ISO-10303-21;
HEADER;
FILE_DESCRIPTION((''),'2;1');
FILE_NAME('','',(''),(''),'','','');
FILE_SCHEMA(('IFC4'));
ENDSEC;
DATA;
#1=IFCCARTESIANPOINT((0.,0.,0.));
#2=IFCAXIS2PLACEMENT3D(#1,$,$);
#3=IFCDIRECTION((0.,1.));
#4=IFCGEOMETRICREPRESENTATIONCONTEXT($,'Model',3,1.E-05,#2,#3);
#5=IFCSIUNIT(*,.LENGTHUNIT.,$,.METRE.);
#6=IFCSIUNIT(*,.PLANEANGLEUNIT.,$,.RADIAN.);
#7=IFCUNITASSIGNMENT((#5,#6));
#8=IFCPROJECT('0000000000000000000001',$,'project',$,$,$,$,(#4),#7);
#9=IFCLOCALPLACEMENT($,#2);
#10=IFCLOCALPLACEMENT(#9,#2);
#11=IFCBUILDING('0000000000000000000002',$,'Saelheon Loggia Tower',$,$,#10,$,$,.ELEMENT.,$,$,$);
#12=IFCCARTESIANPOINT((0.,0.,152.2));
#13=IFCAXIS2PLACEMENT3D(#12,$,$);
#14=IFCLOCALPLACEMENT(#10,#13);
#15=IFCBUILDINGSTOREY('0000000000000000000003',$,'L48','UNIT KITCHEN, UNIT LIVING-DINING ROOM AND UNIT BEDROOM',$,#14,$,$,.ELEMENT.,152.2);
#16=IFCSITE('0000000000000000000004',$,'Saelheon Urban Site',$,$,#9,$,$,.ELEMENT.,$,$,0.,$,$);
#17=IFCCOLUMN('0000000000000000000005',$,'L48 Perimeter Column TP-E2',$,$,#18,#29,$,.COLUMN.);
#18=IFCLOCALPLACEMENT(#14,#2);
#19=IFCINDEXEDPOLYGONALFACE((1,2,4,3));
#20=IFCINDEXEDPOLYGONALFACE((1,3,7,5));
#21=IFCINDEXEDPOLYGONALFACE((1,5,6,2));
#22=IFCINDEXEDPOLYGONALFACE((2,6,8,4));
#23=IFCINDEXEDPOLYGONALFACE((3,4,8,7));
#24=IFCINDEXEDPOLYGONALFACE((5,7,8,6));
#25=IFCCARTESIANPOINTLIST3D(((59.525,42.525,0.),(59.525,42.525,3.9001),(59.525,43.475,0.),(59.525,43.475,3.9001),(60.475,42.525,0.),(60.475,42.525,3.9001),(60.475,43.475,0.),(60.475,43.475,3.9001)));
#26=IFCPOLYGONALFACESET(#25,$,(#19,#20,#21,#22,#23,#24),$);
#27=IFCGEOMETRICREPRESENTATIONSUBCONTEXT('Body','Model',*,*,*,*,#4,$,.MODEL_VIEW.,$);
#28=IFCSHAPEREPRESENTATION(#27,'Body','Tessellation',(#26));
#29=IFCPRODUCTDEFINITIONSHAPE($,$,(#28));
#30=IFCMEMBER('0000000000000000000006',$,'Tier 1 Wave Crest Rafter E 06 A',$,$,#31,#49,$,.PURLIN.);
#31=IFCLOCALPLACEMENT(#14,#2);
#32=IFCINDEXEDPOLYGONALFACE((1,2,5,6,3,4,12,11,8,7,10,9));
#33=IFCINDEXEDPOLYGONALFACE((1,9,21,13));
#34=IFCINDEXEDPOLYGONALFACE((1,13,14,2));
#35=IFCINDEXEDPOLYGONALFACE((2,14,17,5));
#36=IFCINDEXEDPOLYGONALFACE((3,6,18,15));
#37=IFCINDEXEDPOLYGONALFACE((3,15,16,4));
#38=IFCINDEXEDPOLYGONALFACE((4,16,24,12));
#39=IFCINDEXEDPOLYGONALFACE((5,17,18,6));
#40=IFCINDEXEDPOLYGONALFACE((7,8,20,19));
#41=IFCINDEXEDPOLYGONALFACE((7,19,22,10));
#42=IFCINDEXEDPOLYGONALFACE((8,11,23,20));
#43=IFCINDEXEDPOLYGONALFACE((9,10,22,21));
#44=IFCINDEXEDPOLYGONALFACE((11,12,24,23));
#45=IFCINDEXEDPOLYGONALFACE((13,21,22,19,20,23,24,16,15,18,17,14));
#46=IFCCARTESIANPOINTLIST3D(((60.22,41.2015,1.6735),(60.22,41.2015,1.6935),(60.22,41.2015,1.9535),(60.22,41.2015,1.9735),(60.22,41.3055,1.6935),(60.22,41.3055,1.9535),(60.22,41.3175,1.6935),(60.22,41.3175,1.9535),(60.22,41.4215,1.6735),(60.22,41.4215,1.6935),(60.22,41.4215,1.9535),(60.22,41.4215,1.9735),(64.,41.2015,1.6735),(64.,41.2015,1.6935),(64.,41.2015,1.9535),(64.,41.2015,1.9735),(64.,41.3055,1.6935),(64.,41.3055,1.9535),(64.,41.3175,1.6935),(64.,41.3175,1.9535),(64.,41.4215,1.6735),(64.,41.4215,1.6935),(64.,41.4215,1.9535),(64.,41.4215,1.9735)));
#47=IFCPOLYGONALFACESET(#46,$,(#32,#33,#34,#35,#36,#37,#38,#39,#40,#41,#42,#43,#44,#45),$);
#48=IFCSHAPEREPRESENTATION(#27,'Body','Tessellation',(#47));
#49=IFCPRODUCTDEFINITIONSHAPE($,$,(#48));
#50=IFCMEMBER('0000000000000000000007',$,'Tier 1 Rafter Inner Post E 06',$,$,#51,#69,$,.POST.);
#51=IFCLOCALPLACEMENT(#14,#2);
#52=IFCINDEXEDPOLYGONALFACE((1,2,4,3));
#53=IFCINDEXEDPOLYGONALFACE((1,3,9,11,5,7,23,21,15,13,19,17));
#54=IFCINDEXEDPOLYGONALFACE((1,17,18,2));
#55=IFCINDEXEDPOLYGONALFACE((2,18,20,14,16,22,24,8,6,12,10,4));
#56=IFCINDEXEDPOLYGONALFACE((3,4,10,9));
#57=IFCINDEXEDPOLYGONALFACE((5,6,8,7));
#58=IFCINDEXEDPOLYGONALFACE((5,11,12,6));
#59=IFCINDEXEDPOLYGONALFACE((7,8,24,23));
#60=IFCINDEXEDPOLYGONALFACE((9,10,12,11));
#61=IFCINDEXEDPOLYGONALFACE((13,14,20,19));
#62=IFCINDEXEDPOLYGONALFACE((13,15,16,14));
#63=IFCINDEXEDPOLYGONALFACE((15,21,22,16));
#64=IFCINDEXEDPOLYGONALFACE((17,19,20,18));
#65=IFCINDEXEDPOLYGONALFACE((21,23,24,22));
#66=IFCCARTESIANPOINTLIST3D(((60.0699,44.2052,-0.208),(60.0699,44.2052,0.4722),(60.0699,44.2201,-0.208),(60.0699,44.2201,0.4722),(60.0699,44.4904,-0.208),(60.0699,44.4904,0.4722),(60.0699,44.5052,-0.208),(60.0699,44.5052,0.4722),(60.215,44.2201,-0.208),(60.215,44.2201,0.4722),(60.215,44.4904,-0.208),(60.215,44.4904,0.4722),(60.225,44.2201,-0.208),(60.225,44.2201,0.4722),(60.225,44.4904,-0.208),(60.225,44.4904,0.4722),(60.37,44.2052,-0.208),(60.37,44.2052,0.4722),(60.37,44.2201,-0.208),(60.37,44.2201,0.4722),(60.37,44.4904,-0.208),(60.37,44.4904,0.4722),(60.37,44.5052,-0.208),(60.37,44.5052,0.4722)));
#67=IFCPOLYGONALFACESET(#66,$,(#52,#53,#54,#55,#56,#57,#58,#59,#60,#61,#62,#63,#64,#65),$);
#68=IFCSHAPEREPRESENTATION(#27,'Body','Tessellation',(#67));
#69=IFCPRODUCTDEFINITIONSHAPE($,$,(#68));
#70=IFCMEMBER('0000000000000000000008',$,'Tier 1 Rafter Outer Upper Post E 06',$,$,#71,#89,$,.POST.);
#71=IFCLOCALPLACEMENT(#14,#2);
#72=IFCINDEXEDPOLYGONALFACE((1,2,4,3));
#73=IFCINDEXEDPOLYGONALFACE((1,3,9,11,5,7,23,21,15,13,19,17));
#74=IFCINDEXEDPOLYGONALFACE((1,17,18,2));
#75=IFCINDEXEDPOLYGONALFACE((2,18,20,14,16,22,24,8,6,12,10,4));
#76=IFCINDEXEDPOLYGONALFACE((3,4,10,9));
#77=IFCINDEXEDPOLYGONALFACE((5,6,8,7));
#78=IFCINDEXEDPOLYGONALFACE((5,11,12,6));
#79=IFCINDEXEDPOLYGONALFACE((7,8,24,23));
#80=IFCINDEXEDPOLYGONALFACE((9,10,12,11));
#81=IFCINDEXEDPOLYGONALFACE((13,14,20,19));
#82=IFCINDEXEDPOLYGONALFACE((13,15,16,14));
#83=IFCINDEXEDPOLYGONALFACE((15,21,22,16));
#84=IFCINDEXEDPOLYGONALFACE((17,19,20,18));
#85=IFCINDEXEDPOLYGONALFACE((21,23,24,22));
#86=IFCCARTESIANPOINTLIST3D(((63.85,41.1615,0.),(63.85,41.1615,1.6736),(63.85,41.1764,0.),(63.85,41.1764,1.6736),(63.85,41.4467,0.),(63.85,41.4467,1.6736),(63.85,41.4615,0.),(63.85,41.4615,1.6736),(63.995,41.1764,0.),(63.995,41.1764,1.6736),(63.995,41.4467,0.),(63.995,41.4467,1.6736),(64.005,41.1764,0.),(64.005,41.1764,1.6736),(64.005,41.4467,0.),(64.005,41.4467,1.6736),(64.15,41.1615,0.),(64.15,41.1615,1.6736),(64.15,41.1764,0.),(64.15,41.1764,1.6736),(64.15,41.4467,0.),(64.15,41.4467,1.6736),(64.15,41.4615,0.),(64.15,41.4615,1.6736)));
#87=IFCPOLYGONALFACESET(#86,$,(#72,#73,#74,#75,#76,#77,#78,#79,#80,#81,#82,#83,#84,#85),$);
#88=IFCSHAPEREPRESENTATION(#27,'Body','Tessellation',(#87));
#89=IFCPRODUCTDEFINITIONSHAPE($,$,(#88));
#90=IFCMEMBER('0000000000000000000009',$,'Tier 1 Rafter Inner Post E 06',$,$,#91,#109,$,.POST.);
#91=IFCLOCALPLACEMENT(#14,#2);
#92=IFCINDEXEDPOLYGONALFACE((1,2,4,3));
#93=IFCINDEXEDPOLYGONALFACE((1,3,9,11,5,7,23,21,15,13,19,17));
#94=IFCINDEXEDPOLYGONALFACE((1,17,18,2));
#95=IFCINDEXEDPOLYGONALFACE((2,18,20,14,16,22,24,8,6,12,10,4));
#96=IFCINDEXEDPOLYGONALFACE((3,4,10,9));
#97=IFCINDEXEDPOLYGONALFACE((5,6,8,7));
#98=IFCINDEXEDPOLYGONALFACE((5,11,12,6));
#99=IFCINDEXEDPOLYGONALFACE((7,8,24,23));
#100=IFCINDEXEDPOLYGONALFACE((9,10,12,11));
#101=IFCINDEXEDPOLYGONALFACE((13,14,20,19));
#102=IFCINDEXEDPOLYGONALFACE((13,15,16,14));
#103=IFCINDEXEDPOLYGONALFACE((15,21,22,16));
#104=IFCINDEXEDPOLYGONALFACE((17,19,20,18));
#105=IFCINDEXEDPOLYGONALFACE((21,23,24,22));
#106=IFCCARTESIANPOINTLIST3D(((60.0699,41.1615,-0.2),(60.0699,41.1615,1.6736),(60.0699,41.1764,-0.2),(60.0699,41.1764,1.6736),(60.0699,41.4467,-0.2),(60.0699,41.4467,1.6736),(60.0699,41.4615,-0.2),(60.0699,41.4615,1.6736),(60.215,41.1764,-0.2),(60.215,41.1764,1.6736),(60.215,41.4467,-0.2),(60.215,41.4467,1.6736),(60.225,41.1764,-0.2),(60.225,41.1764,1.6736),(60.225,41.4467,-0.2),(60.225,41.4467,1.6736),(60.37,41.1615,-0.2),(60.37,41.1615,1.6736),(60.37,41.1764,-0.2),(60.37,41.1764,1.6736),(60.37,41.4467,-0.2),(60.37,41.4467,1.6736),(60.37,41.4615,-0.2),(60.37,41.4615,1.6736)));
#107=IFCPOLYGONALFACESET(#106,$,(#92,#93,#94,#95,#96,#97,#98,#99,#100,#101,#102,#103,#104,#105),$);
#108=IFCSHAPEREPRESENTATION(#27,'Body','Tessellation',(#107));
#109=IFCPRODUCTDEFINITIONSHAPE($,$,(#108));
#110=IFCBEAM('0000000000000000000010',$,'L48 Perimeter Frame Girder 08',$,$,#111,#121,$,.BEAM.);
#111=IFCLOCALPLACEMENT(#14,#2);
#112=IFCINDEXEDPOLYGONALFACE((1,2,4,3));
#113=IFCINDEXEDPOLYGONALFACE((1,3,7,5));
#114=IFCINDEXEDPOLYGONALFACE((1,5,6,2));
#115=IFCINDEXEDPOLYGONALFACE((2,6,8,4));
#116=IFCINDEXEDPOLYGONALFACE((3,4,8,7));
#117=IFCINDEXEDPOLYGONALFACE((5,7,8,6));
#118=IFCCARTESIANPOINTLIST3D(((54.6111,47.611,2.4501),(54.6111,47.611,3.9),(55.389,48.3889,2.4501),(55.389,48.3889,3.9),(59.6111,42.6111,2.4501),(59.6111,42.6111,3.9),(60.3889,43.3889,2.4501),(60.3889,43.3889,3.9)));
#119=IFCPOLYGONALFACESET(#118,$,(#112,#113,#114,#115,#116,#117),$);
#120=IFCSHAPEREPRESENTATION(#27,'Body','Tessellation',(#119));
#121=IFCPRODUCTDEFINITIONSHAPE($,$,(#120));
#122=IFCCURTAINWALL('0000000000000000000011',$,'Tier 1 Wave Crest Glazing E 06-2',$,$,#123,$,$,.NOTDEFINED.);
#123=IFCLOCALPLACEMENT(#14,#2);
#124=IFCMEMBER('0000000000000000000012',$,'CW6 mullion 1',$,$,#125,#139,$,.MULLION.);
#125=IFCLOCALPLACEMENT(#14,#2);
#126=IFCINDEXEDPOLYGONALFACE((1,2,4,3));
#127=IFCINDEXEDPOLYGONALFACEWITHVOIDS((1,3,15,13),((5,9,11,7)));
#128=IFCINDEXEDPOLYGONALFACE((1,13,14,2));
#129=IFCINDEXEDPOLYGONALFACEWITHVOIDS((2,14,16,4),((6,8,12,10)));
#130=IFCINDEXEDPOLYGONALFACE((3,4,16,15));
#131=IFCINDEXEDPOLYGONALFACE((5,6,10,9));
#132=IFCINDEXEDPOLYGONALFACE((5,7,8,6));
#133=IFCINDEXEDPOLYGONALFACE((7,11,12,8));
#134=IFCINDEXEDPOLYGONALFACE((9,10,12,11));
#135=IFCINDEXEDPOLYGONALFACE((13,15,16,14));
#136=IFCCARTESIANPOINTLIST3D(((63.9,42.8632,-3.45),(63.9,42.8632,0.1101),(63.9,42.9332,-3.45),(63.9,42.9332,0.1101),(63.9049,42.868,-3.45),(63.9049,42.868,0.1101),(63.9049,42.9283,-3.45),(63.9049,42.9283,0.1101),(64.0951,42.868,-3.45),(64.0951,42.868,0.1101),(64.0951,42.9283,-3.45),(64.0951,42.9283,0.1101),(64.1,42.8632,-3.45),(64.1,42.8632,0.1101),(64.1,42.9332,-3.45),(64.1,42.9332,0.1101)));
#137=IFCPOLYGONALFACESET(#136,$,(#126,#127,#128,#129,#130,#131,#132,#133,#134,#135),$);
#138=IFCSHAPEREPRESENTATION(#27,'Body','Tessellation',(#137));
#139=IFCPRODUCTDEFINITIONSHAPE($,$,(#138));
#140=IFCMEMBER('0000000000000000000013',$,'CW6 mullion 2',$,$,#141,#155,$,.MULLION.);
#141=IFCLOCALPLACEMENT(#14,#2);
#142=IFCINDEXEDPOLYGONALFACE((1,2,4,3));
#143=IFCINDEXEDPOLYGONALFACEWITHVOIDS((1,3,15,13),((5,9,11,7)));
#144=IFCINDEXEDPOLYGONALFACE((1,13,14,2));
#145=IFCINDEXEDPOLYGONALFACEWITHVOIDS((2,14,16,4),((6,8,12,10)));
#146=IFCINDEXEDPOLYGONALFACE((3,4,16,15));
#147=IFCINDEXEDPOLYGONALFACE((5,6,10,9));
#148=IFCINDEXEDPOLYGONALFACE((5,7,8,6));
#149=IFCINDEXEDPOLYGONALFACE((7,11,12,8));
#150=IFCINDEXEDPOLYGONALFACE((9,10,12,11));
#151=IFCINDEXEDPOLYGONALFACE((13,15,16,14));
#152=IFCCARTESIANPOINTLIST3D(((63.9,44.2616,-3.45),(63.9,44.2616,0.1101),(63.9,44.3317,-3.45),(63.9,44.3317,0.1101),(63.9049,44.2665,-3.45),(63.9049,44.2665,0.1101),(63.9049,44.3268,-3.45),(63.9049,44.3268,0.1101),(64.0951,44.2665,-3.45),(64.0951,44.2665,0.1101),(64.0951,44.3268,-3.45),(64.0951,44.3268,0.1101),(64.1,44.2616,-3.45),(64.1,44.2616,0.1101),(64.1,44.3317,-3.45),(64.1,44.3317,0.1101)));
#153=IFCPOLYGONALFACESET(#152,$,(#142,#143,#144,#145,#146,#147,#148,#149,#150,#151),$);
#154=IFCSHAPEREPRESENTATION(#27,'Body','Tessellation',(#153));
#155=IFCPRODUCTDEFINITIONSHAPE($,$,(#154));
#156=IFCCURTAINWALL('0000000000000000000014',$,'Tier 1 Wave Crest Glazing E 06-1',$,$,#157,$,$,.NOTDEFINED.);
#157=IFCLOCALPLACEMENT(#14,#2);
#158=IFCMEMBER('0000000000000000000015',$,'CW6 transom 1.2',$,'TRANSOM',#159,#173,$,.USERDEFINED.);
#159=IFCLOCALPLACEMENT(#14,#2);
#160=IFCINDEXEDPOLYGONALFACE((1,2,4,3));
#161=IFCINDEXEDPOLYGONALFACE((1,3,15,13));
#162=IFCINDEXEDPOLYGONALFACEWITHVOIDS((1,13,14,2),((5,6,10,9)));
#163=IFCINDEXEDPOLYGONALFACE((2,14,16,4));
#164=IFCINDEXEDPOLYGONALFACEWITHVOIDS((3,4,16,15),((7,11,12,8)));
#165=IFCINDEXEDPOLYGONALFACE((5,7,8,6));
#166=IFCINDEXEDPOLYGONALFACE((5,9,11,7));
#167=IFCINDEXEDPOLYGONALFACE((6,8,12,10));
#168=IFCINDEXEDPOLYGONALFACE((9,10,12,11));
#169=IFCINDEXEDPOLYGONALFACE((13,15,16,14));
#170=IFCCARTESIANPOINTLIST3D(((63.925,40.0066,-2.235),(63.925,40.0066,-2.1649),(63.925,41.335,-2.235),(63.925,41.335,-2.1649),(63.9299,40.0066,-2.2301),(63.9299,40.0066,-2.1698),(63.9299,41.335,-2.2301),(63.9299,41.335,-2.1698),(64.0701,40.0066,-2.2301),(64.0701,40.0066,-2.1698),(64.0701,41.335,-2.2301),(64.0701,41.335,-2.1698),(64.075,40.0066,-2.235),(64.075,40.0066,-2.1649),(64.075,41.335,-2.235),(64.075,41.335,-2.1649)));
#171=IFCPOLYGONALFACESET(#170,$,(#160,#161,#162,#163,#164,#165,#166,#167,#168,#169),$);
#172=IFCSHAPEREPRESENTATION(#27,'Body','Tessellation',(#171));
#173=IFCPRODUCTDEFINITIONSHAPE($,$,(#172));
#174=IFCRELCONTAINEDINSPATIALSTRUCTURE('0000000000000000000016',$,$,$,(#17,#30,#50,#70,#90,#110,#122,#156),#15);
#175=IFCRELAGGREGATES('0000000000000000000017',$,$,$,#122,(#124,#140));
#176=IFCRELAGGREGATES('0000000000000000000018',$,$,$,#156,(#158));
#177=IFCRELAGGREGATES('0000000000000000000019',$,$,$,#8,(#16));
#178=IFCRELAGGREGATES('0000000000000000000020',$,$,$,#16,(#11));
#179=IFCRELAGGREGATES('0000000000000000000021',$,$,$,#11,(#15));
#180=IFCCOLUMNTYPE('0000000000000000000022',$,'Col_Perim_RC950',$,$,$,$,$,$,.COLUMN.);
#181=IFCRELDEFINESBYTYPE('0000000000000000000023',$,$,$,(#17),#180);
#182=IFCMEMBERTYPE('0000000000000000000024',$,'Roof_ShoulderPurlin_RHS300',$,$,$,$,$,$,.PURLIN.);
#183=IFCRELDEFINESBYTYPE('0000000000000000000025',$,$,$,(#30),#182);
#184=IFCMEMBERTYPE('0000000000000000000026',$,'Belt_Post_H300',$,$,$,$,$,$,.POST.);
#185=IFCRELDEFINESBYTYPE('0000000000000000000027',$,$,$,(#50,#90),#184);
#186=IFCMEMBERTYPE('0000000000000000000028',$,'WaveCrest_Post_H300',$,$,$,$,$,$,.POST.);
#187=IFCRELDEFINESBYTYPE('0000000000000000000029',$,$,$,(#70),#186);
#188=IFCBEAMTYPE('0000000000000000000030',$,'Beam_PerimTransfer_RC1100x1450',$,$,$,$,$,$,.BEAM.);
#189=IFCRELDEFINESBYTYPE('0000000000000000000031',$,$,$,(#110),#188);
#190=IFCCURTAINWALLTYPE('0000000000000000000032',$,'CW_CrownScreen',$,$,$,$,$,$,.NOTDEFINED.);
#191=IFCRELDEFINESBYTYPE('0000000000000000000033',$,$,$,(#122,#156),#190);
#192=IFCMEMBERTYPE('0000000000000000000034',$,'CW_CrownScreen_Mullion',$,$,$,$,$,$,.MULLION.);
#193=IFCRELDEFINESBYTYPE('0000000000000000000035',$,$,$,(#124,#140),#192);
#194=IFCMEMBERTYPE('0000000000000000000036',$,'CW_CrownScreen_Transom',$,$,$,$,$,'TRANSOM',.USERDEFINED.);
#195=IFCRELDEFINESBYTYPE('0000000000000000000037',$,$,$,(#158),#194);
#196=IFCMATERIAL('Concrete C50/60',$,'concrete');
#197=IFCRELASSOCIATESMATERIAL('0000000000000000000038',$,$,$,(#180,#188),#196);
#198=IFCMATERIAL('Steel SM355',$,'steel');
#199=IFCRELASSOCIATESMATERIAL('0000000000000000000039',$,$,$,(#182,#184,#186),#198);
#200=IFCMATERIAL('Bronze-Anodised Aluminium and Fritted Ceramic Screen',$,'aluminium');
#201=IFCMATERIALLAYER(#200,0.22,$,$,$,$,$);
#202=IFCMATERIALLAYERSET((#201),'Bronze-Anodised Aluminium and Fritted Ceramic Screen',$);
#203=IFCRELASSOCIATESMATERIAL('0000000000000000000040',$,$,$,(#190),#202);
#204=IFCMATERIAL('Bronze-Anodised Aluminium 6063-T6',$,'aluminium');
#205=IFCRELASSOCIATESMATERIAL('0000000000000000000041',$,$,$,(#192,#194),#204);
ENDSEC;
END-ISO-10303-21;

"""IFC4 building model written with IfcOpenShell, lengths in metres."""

from ifc_helpers import new_model, si_unit, direction, frame, origin, origin_2d, place, context, subcontext, project, spatial, rectangle, hollow_rectangle, i_section, extrude, source, transform, mapped, material, layer, layer_set, material_profile, profile_set, type_object, element, aggregate, save


model = new_model("IFC4")

# Units and contexts
model_context = context("Model", 3, precision=1e-05, world=origin(), true_north=direction((0.0, 1.0)))
body_context = subcontext(model_context, "Body", "Model", "MODEL_VIEW")
ifc_project = project(units=[si_unit("LENGTHUNIT", "METRE"), si_unit("PLANEANGLEUNIT", "RADIAN")], contexts=[model_context])

# Site, building, storey
site_placement = place(None, origin())
site = spatial("IfcSite", under=ifc_project, at=site_placement, Name="Saelheon Urban Site", CompositionType="ELEMENT", RefElevation=0.0)
building_placement = place(site_placement, origin())
building = spatial("IfcBuilding", under=site, at=building_placement, Name="Saelheon Loggia Tower", CompositionType="ELEMENT")
storey_placement = place(building_placement, frame((0.0, 0.0, 152.2)))
storey = spatial("IfcBuildingStorey", under=building, at=storey_placement, Name="L48", Description="UNIT KITCHEN, UNIT LIVING-DINING ROOM AND UNIT BEDROOM", CompositionType="ELEMENT", Elevation=152.2)

# Column
ifc_material_1 = material(Name="Concrete C50/60", Category="concrete")
ifc_material_profile_1 = material_profile(ifc_material_1, rectangle(XDim=0.95, YDim=0.95, at=origin_2d()), Name="RC-950x950")
ifc_profile_set_1 = profile_set([ifc_material_profile_1], Name="Concrete C50/60")
column_type = type_object("IfcColumnType", Name="Col_Perim_RC950", PredefinedType="COLUMN", material=ifc_profile_set_1)
shared_shape_1 = source(origin(), body_context, "Body", "SweptSolid", [
    extrude(rectangle(XDim=0.95, YDim=0.95, at=origin_2d()), origin(), (0.0, 0.0, 1.0), 3.9001),
])
column_placement = place(storey_placement, frame((60.0, 43.0, 0.0), z_axis=(0.0, 0.0, 1.0), x_axis=(1.0, 0.0, 0.0)))
element("IfcColumn", 1, at=column_placement, inside=storey, type_object=column_type, Name="L48 Perimeter Column TP-E2", PredefinedType="COLUMN", context=body_context, shape_type="MappedRepresentation", body=[
    mapped(shared_shape_1, transform((0.0, 0.0, 0.0), scale=1.0)),
])

# Members
ifc_material_2 = material(Name="Steel SM355", Category="steel")
ifc_material_profile_2 = material_profile(ifc_material_2, i_section(OverallWidth=0.22, OverallDepth=0.3, WebThickness=0.012, FlangeThickness=0.02, at=origin_2d()), Name="H-300x220x12x20")
ifc_profile_set_2 = profile_set([ifc_material_profile_2], Name="Steel SM355")
member_type_1 = type_object("IfcMemberType", Name="Roof_ShoulderPurlin_RHS300", PredefinedType="PURLIN", material=ifc_profile_set_2)
shared_shape_2 = source(origin(), body_context, "Body", "SweptSolid", [
    extrude(i_section(OverallWidth=0.22, OverallDepth=0.3, WebThickness=0.012, FlangeThickness=0.02, at=origin_2d()), origin(), (0.0, 0.0, 1.0), 3.78),
])
member_1_placement = place(storey_placement, frame((64.0, 41.3115, 1.8235), z_axis=(-1.0, 0.0, 0.0), x_axis=(0.0, -1.0, 0.0)))
element("IfcMember", 2, at=member_1_placement, inside=storey, type_object=member_type_1, Name="Tier 1 Wave Crest Rafter E 06 A", PredefinedType="PURLIN", context=body_context, shape_type="MappedRepresentation", body=[
    mapped(shared_shape_2, transform((0.0, 0.0, 0.0), scale=1.0)),
])
ifc_material_profile_3 = material_profile(ifc_material_2, i_section(OverallWidth=0.3, OverallDepth=0.3, WebThickness=0.01, FlangeThickness=0.0149, at=origin_2d()), Name="H-300x300x10x15")
ifc_profile_set_3 = profile_set([ifc_material_profile_3], Name="Steel SM355")
member_type_2 = type_object("IfcMemberType", Name="Belt_Post_H300", PredefinedType="POST", material=ifc_profile_set_3)
shared_shape_3 = source(origin(), body_context, "Body", "SweptSolid", [
    extrude(i_section(OverallWidth=0.3, OverallDepth=0.3, WebThickness=0.01, FlangeThickness=0.0149, at=origin_2d()), origin(), (0.0, 0.0, 1.0), 0.6802),
])
member_2_placement = place(storey_placement, frame((60.22, 44.3552, -0.208), z_axis=(0.0, 0.0, 1.0), x_axis=(1.0, 0.0, 0.0)))
element("IfcMember", 3, at=member_2_placement, inside=storey, type_object=member_type_2, Name="Tier 1 Rafter Inner Post E 06", PredefinedType="POST", context=body_context, shape_type="MappedRepresentation", body=[
    mapped(shared_shape_3, transform((0.0, 0.0, 0.0), scale=1.0)),
])
ifc_material_profile_4 = material_profile(ifc_material_2, i_section(OverallWidth=0.3, OverallDepth=0.3, WebThickness=0.01, FlangeThickness=0.0149, at=origin_2d()), Name="H-300x300x10x15")
ifc_profile_set_4 = profile_set([ifc_material_profile_4], Name="Steel SM355")
member_type_3 = type_object("IfcMemberType", Name="WaveCrest_Post_H300", PredefinedType="POST", material=ifc_profile_set_4)
shared_shape_4 = source(origin(), body_context, "Body", "SweptSolid", [
    extrude(i_section(OverallWidth=0.3, OverallDepth=0.3, WebThickness=0.01, FlangeThickness=0.0149, at=origin_2d()), origin(), (0.0, 0.0, 1.0), 1.6736),
])
member_3_placement = place(storey_placement, frame((64.0, 41.3115, 0.0), z_axis=(0.0, 0.0, 1.0), x_axis=(1.0, 0.0, 0.0)))
element("IfcMember", 4, at=member_3_placement, inside=storey, type_object=member_type_3, Name="Tier 1 Rafter Outer Upper Post E 06", PredefinedType="POST", context=body_context, shape_type="MappedRepresentation", body=[
    mapped(shared_shape_4, transform((0.0, 0.0, 0.0), scale=1.0)),
])
shared_shape_5 = source(origin(), body_context, "Body", "SweptSolid", [
    extrude(i_section(OverallWidth=0.3, OverallDepth=0.3, WebThickness=0.01, FlangeThickness=0.0149, at=origin_2d()), origin(), (0.0, 0.0, 1.0), 1.8735),
])
member_4_placement = place(storey_placement, frame((60.22, 41.3115, -0.2), z_axis=(0.0, 0.0, 1.0), x_axis=(1.0, 0.0, 0.0)))
element("IfcMember", 5, at=member_4_placement, inside=storey, type_object=member_type_2, Name="Tier 1 Rafter Inner Post E 06", PredefinedType="POST", context=body_context, shape_type="MappedRepresentation", body=[
    mapped(shared_shape_5, transform((0.0, 0.0, 0.0), scale=1.0)),
])

# Beam
ifc_material_profile_5 = material_profile(ifc_material_1, rectangle(XDim=1.1001, YDim=1.45, at=origin_2d()), Name="RC-1100x1450")
ifc_profile_set_5 = profile_set([ifc_material_profile_5], Name="Concrete C50/60")
beam_type = type_object("IfcBeamType", Name="Beam_PerimTransfer_RC1100x1450", PredefinedType="BEAM", material=ifc_profile_set_5)
shared_shape_6 = source(origin(), body_context, "Body", "SweptSolid", [
    extrude(rectangle(XDim=1.1001, YDim=1.45, at=origin_2d()), origin(), (0.0, 0.0, 1.0), 7.071),
])
beam_placement = place(storey_placement, frame((60.0, 43.0, 3.175), z_axis=(-0.707107, 0.707107, 0.0), x_axis=(-0.707107, -0.707107, 0.0)))
element("IfcBeam", 6, at=beam_placement, inside=storey, type_object=beam_type, Name="L48 Perimeter Frame Girder 08", PredefinedType="BEAM", context=body_context, shape_type="MappedRepresentation", body=[
    mapped(shared_shape_6, transform((0.0, 0.0, 0.0), scale=1.0)),
])

# Curtain walls, members
ifc_material_3 = material(Name="Bronze-Anodised Aluminium and Fritted Ceramic Screen", Category="aluminium")
ifc_layer_1 = layer(ifc_material_3, 0.22)
ifc_layer_set_1 = layer_set([ifc_layer_1], Name="Bronze-Anodised Aluminium and Fritted Ceramic Screen")
curtain_wall_type = type_object("IfcCurtainWallType", Name="CW_CrownScreen", PredefinedType="NOTDEFINED", material=ifc_layer_set_1)
curtain_wall_1_placement = place(storey_placement, origin())
curtain_wall_1 = element("IfcCurtainWall", 7, at=curtain_wall_1_placement, inside=storey, type_object=curtain_wall_type, Name="Tier 1 Wave Crest Glazing E 06-2", PredefinedType="NOTDEFINED")
ifc_material_4 = material(Name="Bronze-Anodised Aluminium 6063-T6", Category="aluminium")
ifc_material_profile_6 = material_profile(ifc_material_4, hollow_rectangle(XDim=0.0701, YDim=0.2, WallThickness=0.0049, at=origin_2d()), Name="RHS-200x70x5")
ifc_profile_set_6 = profile_set([ifc_material_profile_6], Name="Bronze-Anodised Aluminium 6063-T6")
member_type_4 = type_object("IfcMemberType", Name="CW_CrownScreen_Mullion", PredefinedType="MULLION", material=ifc_profile_set_6)
shared_shape_7 = source(origin(), body_context, "Body", "SweptSolid", [
    extrude(hollow_rectangle(XDim=0.0701, YDim=0.2, WallThickness=0.0049, at=origin_2d()), origin(), (0.0, 0.0, 1.0), 3.5601),
])
member_5_placement = place(storey_placement, frame((64.0, 42.8982, -3.45), z_axis=(0.0, 0.0, 1.0), x_axis=(0.0, 1.0, 0.0)))
member_5 = element("IfcMember", 8, at=member_5_placement, type_object=member_type_4, Name="CW6 mullion 1", PredefinedType="MULLION", context=body_context, shape_type="MappedRepresentation", body=[
    mapped(shared_shape_7, transform((0.0, 0.0, 0.0), scale=1.0)),
])
member_6_placement = place(storey_placement, frame((64.0, 44.2966, -3.45), z_axis=(0.0, 0.0, 1.0), x_axis=(0.0, 1.0, 0.0)))
member_6 = element("IfcMember", 9, at=member_6_placement, type_object=member_type_4, Name="CW6 mullion 2", PredefinedType="MULLION", context=body_context, shape_type="MappedRepresentation", body=[
    mapped(shared_shape_7, transform((0.0, 0.0, 0.0), scale=1.0)),
])
curtain_wall_2_placement = place(storey_placement, origin())
curtain_wall_2 = element("IfcCurtainWall", 10, at=curtain_wall_2_placement, inside=storey, type_object=curtain_wall_type, Name="Tier 1 Wave Crest Glazing E 06-1", PredefinedType="NOTDEFINED")
ifc_material_profile_7 = material_profile(ifc_material_4, hollow_rectangle(XDim=0.0701, YDim=0.1499, WallThickness=0.0049, at=origin_2d()), Name="RHS-150x70x5")
ifc_profile_set_7 = profile_set([ifc_material_profile_7], Name="Bronze-Anodised Aluminium 6063-T6")
member_type_5 = type_object("IfcMemberType", Name="CW_CrownScreen_Transom", ElementType="TRANSOM", PredefinedType="USERDEFINED", material=ifc_profile_set_7)
shared_shape_8 = source(origin(), body_context, "Body", "SweptSolid", [
    extrude(hollow_rectangle(XDim=0.0701, YDim=0.1499, WallThickness=0.0049, at=origin_2d()), origin(), (0.0, 0.0, 1.0), 1.3284),
])
member_7_placement = place(storey_placement, frame((64.0, 40.0066, -2.2), z_axis=(0.0, 1.0, 0.0), x_axis=(0.0, 0.0, 1.0)))
member_7 = element("IfcMember", 11, at=member_7_placement, type_object=member_type_5, Name="CW6 transom 1.2", ObjectType="TRANSOM", PredefinedType="USERDEFINED", context=body_context, shape_type="MappedRepresentation", body=[
    mapped(shared_shape_8, transform((0.0, 0.0, 0.0), scale=1.0)),
])

aggregate(curtain_wall_1, [member_5, member_6])
aggregate(curtain_wall_2, [member_7])

save(model, "model.ifc")
